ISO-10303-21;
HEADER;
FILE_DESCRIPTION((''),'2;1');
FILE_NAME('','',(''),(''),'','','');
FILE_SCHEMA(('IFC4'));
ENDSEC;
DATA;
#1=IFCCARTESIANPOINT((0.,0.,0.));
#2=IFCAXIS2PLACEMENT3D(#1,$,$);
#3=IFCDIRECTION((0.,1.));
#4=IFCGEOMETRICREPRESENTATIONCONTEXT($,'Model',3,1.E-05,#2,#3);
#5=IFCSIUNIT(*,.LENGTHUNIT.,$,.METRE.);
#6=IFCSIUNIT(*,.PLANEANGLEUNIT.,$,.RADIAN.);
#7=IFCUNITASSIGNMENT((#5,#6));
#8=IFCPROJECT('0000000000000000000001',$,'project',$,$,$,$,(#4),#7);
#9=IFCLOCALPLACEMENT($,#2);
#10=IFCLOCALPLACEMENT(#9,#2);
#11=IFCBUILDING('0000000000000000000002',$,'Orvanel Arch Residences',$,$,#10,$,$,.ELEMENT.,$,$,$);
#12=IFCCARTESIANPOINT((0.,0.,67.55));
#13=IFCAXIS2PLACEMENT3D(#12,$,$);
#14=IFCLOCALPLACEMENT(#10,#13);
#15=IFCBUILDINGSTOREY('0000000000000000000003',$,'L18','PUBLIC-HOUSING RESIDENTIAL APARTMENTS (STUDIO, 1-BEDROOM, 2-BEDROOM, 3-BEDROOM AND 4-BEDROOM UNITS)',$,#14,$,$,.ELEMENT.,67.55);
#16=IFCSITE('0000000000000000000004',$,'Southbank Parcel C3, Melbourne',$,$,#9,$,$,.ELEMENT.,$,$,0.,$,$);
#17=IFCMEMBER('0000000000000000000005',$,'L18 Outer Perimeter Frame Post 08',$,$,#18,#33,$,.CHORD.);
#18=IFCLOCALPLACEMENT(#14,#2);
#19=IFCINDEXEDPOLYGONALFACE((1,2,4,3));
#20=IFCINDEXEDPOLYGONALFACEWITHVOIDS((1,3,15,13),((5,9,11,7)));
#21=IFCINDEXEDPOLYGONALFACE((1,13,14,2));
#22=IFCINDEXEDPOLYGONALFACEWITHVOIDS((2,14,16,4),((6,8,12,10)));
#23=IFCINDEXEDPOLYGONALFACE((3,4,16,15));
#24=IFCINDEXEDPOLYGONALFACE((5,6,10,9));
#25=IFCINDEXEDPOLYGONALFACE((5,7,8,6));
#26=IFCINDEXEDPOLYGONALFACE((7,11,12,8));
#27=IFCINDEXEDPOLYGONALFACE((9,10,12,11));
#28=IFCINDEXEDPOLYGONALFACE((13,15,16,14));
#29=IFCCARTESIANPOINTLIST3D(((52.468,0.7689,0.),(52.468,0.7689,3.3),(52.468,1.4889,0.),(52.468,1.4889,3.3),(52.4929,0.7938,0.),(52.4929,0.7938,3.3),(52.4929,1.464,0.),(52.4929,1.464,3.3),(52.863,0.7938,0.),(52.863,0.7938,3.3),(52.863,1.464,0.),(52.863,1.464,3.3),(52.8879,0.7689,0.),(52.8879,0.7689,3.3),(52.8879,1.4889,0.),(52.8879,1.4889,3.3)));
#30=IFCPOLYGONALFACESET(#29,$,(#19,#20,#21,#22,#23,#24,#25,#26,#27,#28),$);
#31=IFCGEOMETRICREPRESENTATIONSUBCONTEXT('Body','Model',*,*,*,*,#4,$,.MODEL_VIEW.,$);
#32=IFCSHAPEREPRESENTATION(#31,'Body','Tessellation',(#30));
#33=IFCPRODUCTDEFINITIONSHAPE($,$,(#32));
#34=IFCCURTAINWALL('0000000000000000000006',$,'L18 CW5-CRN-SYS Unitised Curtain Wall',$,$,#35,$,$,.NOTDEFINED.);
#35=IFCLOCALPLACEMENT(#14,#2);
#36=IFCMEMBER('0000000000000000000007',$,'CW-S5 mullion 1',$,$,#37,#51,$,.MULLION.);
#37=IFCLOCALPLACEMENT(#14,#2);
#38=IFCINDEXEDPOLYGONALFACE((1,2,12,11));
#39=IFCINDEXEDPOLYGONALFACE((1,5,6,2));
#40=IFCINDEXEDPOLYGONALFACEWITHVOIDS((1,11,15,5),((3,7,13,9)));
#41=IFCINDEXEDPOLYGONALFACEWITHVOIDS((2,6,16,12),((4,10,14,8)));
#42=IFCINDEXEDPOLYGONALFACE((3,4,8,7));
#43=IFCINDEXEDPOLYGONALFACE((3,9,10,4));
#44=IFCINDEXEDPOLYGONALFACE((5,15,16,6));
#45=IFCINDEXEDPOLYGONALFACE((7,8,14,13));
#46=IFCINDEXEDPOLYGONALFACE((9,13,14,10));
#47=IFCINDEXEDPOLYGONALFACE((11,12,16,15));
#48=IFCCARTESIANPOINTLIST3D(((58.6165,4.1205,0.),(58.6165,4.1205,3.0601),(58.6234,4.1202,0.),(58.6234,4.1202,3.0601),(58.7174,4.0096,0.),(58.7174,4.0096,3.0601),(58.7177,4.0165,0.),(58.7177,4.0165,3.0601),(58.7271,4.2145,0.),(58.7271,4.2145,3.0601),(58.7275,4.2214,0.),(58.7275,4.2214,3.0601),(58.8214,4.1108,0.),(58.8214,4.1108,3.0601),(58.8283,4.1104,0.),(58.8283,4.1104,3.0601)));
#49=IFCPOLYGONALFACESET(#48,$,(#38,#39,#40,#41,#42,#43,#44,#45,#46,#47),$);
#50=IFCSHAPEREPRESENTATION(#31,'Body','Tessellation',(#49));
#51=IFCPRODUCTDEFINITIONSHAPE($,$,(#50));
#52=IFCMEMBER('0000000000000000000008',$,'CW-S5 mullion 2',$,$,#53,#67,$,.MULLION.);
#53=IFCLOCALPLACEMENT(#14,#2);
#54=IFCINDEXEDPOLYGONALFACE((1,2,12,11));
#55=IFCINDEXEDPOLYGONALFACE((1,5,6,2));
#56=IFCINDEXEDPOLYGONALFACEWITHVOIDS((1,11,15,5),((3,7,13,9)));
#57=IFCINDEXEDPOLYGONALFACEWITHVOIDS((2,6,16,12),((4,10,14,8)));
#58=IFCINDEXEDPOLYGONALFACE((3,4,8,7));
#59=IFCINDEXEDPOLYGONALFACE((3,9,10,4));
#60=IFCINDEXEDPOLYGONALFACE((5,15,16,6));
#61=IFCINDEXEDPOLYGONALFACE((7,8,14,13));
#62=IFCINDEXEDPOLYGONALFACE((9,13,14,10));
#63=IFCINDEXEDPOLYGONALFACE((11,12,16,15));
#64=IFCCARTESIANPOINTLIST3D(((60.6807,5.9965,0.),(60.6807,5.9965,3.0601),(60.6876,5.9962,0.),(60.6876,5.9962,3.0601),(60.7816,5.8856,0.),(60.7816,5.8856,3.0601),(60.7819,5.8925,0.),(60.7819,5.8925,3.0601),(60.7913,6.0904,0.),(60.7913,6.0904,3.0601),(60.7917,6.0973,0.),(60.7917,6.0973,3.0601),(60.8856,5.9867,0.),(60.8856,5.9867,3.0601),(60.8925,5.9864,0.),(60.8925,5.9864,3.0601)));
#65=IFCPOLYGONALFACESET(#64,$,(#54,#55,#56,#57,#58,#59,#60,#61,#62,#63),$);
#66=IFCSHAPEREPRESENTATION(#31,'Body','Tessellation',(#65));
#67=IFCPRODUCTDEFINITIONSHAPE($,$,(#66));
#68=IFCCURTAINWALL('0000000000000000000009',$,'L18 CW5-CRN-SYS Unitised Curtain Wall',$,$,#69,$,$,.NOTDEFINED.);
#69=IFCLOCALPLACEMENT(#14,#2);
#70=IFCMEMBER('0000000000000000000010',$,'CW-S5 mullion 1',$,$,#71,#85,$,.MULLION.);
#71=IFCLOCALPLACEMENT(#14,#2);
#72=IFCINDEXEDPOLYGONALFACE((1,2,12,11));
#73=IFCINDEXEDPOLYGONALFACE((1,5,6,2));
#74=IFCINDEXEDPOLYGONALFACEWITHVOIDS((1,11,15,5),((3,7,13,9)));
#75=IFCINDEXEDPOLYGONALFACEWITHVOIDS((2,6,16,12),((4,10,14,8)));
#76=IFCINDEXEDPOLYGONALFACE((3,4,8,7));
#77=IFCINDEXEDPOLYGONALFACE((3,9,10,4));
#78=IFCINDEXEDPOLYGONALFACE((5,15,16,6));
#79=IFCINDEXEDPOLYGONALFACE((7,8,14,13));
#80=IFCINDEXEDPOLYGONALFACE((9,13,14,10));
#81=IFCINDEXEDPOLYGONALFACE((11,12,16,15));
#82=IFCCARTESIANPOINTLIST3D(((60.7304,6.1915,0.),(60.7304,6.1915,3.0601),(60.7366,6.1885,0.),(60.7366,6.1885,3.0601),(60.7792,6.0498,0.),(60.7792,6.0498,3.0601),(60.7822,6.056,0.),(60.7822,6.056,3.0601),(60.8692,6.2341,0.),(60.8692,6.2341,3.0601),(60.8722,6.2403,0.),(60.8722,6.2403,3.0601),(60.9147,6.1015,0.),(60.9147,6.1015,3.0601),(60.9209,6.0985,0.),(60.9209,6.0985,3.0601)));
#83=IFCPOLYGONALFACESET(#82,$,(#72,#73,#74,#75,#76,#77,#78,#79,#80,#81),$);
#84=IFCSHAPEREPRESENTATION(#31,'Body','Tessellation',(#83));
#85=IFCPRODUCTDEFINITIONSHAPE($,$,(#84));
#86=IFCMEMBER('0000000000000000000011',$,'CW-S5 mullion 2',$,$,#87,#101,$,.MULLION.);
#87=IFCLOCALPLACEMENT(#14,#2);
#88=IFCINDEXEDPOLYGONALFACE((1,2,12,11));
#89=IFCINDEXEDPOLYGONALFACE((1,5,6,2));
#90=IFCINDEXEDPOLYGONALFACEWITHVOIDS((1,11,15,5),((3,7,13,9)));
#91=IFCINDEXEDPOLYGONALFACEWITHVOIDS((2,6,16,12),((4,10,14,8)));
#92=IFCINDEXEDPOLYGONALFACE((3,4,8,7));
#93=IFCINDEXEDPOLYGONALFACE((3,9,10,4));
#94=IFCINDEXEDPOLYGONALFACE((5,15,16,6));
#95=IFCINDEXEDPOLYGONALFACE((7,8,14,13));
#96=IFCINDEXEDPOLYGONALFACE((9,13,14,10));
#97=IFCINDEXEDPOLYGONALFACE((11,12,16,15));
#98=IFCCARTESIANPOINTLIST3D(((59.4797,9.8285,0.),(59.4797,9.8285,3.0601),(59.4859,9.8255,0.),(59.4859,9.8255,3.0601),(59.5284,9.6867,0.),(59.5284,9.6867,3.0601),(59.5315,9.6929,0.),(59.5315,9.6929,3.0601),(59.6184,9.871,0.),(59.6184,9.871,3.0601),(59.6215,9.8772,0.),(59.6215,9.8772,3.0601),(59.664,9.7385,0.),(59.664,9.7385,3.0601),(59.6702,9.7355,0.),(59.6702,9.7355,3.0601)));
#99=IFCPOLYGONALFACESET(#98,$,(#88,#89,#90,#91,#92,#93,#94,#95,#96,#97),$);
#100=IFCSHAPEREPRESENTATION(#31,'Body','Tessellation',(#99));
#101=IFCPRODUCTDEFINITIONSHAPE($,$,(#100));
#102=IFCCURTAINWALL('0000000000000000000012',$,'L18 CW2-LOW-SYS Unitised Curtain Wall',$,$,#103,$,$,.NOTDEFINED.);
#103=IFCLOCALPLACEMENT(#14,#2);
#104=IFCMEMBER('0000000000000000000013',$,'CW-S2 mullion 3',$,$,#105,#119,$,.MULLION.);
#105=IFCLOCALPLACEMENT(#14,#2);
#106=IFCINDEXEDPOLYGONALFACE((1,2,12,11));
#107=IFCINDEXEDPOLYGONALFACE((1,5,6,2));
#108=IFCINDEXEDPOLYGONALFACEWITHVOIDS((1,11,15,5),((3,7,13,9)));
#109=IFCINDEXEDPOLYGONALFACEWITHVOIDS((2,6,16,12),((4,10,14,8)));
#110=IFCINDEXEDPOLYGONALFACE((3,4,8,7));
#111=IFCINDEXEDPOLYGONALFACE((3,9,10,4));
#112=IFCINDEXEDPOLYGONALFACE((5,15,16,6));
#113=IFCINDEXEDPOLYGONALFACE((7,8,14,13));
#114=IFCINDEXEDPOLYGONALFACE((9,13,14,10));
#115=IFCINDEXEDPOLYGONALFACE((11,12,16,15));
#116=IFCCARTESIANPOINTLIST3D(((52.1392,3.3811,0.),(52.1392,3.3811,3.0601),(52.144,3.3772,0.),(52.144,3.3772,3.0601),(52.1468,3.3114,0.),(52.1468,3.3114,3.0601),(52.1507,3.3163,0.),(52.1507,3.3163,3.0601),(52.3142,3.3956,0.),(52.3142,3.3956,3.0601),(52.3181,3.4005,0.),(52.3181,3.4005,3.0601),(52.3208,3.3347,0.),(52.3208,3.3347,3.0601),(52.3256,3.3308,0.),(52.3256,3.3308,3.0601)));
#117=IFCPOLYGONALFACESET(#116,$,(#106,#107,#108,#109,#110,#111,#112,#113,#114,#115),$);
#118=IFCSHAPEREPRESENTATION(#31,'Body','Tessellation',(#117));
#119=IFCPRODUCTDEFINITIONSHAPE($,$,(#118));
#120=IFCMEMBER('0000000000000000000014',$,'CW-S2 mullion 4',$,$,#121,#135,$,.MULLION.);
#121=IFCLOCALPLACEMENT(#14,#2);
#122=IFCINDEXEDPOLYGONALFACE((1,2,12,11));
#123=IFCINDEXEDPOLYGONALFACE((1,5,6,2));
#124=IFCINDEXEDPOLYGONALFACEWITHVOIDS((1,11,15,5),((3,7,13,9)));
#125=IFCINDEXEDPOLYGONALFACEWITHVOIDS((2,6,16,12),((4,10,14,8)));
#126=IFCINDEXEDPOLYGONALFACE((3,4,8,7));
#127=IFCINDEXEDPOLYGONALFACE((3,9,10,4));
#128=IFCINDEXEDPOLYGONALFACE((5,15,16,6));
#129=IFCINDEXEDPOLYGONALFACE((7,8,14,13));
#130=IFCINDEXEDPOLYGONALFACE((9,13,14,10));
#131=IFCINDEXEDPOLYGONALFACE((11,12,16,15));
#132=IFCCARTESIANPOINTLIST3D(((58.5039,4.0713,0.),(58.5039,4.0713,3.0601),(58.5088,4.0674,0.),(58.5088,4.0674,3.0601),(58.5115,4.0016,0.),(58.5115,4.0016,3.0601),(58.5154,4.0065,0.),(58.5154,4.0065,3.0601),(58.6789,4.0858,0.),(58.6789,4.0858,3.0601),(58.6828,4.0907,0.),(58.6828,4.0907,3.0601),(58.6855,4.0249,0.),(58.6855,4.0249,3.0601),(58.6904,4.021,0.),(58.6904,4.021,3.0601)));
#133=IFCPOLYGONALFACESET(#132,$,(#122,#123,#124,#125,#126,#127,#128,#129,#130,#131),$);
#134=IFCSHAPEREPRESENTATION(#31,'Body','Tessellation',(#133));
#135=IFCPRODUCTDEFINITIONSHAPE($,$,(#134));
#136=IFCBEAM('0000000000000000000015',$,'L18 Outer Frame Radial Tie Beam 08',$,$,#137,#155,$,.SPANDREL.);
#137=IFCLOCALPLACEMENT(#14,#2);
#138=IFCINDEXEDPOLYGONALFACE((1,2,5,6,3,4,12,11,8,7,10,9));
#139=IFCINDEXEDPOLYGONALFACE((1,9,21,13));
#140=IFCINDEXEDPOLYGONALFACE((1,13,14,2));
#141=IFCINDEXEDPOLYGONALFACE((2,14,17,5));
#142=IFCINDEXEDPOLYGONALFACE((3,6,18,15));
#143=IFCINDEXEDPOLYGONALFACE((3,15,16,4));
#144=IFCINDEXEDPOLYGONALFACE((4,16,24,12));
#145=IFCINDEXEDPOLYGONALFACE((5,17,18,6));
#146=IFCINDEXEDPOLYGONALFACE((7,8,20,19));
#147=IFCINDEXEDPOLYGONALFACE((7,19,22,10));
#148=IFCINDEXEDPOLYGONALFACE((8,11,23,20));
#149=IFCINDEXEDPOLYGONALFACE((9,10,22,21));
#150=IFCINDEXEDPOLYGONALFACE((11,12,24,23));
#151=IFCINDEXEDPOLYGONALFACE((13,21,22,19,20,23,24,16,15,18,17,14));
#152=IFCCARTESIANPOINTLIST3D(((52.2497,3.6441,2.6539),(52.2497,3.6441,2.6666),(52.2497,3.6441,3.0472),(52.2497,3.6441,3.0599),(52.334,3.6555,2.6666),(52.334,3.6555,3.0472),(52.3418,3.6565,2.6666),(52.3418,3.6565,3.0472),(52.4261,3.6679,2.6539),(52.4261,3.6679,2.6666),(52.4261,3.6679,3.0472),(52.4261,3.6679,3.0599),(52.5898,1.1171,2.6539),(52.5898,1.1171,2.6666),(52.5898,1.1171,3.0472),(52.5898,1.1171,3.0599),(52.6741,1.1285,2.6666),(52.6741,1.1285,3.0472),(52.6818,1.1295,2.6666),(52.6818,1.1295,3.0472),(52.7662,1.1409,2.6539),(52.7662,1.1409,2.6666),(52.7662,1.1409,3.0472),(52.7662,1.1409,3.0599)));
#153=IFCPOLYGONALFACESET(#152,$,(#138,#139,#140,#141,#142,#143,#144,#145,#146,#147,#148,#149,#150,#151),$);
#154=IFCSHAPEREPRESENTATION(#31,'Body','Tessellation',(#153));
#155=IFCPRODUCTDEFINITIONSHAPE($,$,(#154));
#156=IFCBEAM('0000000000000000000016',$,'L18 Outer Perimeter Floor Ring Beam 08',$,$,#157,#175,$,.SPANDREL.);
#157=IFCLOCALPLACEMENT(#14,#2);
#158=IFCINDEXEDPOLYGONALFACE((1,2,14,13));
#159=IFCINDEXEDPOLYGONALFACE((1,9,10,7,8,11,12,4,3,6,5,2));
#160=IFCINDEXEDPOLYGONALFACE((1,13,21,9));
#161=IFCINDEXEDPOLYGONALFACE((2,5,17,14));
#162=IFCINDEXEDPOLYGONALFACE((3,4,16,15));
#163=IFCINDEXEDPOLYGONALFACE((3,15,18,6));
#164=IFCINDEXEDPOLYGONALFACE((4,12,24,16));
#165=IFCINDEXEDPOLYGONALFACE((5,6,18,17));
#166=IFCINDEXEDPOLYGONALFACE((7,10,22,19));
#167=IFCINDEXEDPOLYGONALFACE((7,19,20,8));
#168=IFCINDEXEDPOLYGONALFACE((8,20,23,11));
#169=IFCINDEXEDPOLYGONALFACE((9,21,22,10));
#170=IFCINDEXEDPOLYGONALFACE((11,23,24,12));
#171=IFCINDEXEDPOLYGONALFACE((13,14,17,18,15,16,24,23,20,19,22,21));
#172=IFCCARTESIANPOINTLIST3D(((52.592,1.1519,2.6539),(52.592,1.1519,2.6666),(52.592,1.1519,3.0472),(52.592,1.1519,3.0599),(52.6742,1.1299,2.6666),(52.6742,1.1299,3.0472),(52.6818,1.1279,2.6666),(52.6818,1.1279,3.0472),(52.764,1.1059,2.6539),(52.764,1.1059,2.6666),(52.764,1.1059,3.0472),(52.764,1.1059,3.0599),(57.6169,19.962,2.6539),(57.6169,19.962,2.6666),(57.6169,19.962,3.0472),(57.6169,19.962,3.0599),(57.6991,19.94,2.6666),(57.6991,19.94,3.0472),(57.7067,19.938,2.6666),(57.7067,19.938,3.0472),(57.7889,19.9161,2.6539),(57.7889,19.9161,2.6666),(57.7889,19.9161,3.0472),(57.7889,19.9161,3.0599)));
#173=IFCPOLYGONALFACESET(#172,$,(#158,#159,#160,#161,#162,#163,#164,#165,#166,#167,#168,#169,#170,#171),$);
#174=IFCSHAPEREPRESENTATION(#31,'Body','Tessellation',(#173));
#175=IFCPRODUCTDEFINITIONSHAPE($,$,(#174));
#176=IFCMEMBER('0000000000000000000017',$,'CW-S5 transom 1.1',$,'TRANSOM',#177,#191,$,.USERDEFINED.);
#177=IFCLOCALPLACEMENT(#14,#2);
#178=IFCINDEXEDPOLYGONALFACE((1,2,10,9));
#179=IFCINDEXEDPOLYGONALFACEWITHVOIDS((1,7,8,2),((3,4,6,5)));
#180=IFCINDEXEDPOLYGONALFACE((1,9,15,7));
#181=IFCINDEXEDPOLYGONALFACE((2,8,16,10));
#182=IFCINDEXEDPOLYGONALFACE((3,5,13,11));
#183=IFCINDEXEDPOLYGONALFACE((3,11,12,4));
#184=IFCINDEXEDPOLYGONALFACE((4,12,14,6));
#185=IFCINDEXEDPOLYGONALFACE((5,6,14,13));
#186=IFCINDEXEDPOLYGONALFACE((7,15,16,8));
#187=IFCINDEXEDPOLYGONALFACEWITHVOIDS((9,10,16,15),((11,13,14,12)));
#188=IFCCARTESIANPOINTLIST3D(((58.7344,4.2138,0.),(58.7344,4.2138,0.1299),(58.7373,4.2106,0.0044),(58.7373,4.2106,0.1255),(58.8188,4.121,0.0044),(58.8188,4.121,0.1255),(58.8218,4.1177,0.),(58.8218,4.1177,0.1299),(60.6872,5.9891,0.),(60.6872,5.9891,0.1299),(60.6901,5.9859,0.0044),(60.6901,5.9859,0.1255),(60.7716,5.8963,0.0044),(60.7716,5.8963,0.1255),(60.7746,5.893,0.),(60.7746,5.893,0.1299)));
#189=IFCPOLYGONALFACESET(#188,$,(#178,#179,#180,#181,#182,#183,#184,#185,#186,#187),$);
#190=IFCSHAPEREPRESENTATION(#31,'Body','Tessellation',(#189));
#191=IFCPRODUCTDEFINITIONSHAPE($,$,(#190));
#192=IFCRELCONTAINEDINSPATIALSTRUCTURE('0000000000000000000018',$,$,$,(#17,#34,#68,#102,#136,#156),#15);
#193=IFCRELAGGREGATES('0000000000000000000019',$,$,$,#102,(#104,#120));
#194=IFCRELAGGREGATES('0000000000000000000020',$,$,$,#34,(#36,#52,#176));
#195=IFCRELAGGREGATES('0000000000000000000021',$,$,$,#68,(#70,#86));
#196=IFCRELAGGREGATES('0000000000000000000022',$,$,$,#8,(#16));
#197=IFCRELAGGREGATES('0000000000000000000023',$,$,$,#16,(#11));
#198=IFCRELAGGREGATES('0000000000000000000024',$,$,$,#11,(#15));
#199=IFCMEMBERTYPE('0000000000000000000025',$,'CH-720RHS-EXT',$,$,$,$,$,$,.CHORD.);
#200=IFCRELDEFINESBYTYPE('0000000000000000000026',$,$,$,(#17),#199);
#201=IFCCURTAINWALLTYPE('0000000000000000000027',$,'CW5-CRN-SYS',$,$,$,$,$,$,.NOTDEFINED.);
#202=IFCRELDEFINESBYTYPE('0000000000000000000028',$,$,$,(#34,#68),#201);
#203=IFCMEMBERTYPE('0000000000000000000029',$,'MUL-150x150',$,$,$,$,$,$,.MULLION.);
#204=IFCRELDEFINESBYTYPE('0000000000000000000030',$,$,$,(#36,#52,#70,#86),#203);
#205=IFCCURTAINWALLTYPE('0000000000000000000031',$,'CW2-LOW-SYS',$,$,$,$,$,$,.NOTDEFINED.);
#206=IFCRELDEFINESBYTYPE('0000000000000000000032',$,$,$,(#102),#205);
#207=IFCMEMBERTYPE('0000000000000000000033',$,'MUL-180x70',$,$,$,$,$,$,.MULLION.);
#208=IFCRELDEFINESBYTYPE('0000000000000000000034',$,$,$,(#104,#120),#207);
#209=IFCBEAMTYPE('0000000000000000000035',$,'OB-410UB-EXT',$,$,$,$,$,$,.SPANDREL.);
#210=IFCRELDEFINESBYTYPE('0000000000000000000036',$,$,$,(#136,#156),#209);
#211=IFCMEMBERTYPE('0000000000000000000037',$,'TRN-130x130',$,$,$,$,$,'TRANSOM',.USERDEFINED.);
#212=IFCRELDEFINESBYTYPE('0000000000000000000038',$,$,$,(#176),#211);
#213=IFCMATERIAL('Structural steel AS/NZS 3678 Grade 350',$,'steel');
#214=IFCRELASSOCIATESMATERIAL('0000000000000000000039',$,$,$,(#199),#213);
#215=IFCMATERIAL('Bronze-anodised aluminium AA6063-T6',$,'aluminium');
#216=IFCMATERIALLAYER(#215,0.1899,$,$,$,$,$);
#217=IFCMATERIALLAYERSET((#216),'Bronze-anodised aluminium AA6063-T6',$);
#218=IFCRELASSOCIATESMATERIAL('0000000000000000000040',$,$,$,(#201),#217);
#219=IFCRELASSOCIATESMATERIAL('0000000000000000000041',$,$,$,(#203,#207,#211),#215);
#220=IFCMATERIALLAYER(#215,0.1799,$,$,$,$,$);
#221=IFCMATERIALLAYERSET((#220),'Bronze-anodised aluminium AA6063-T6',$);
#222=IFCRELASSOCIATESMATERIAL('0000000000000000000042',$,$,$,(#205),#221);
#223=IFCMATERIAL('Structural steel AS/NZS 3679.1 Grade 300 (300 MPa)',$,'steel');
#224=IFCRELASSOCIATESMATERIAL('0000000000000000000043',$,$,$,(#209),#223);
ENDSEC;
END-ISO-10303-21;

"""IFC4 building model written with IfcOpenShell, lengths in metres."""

from ifc_helpers import new_model, si_unit, direction, frame, origin, origin_2d, place, context, subcontext, project, spatial, hollow_rectangle, i_section, extrude, material, layer, layer_set, material_profile, profile_set, type_object, element, aggregate, save


model = new_model("IFC4")

# Units and contexts
model_context = context("Model", 3, precision=1e-05, world=origin(), true_north=direction((0.0, 1.0)))
body_context = subcontext(model_context, "Body", "Model", "MODEL_VIEW")
ifc_project = project(units=[si_unit("LENGTHUNIT", "METRE"), si_unit("PLANEANGLEUNIT", "RADIAN")], contexts=[model_context])

# Site, building, storey
site_placement = place(None, origin())
site = spatial("IfcSite", under=ifc_project, at=site_placement, Name="Southbank Parcel C3, Melbourne", CompositionType="ELEMENT", RefElevation=0.0)
building_placement = place(site_placement, origin())
building = spatial("IfcBuilding", under=site, at=building_placement, Name="Orvanel Arch Residences", CompositionType="ELEMENT")
storey_placement = place(building_placement, frame((0.0, 0.0, 67.55)))
storey = spatial("IfcBuildingStorey", under=building, at=storey_placement, Name="L18", Description="PUBLIC-HOUSING RESIDENTIAL APARTMENTS (STUDIO, 1-BEDROOM, 2-BEDROOM, 3-BEDROOM AND 4-BEDROOM UNITS)", CompositionType="ELEMENT", Elevation=67.55)

# Member
ifc_material_1 = material(Name="Structural steel AS/NZS 3678 Grade 350", Category="steel")
ifc_material_profile_1 = material_profile(ifc_material_1, hollow_rectangle(XDim=0.4199, YDim=0.72, WallThickness=0.0249, at=origin_2d()), Name="RHS720x420x25")
ifc_profile_set_1 = profile_set([ifc_material_profile_1], Name="Structural steel AS/NZS 3678 Grade 350")
member_type_1 = type_object("IfcMemberType", Name="CH-720RHS-EXT", PredefinedType="CHORD", material=ifc_profile_set_1)
member_1_placement = place(storey_placement, frame((52.678, 1.1289, 0.0), z_axis=(0.0, 0.0, 1.0), x_axis=(1.0, 0.0, 0.0)))
element("IfcMember", 1, at=member_1_placement, inside=storey, type_object=member_type_1, Name="L18 Outer Perimeter Frame Post 08", PredefinedType="CHORD", context=body_context, shape_type="SweptSolid", body=[
    extrude(hollow_rectangle(XDim=0.4199, YDim=0.72, WallThickness=0.0249, at=origin_2d()), origin(), (0.0, 0.0, 1.0), 3.3),
])

# Curtain walls, members
ifc_material_2 = material(Name="Bronze-anodised aluminium AA6063-T6", Category="aluminium")
ifc_layer_1 = layer(ifc_material_2, 0.1899)
ifc_layer_set_1 = layer_set([ifc_layer_1], Name="Bronze-anodised aluminium AA6063-T6")
curtain_wall_type_1 = type_object("IfcCurtainWallType", Name="CW5-CRN-SYS", PredefinedType="NOTDEFINED", material=ifc_layer_set_1)
curtain_wall_1_placement = place(storey_placement, origin())
curtain_wall_1 = element("IfcCurtainWall", 2, at=curtain_wall_1_placement, inside=storey, type_object=curtain_wall_type_1, Name="L18 CW5-CRN-SYS Unitised Curtain Wall", PredefinedType="NOTDEFINED")
ifc_material_profile_2 = material_profile(ifc_material_2, hollow_rectangle(XDim=0.1499, YDim=0.1499, WallThickness=0.0049, at=origin_2d()), Name="ALU150x150x5")
ifc_profile_set_2 = profile_set([ifc_material_profile_2], Name="Bronze-anodised aluminium AA6063-T6")
member_type_2 = type_object("IfcMemberType", Name="MUL-150x150", PredefinedType="MULLION", material=ifc_profile_set_2)
member_2_placement = place(storey_placement, frame((58.7224, 4.1155, 0.0), z_axis=(0.0, 0.0, 1.0), x_axis=(-0.672622, 0.739986, 0.0)))
member_2 = element("IfcMember", 3, at=member_2_placement, type_object=member_type_2, Name="CW-S5 mullion 1", PredefinedType="MULLION", context=body_context, shape_type="SweptSolid", body=[
    extrude(hollow_rectangle(XDim=0.1499, YDim=0.1499, WallThickness=0.0049, at=origin_2d()), origin(), (0.0, 0.0, 1.0), 3.0601),
])
member_3_placement = place(storey_placement, frame((60.7866, 5.9915, 0.0), z_axis=(0.0, 0.0, 1.0), x_axis=(-0.672622, 0.739986, 0.0)))
member_3 = element("IfcMember", 4, at=member_3_placement, type_object=member_type_2, Name="CW-S5 mullion 2", PredefinedType="MULLION", context=body_context, shape_type="SweptSolid", body=[
    extrude(hollow_rectangle(XDim=0.1499, YDim=0.1499, WallThickness=0.0049, at=origin_2d()), origin(), (0.0, 0.0, 1.0), 3.0601),
])
curtain_wall_2_placement = place(storey_placement, origin())
curtain_wall_2 = element("IfcCurtainWall", 5, at=curtain_wall_2_placement, inside=storey, type_object=curtain_wall_type_1, Name="L18 CW5-CRN-SYS Unitised Curtain Wall", PredefinedType="NOTDEFINED")
member_4_placement = place(storey_placement, frame((60.8257, 6.145, 0.0), z_axis=(0.0, 0.0, 1.0), x_axis=(-0.945657, -0.325165, 0.0)))
member_4 = element("IfcMember", 6, at=member_4_placement, type_object=member_type_2, Name="CW-S5 mullion 1", PredefinedType="MULLION", context=body_context, shape_type="SweptSolid", body=[
    extrude(hollow_rectangle(XDim=0.1499, YDim=0.1499, WallThickness=0.0049, at=origin_2d()), origin(), (0.0, 0.0, 1.0), 3.0601),
])
member_5_placement = place(storey_placement, frame((59.575, 9.782, 0.0), z_axis=(0.0, 0.0, 1.0), x_axis=(-0.945657, -0.325165, 0.0)))
member_5 = element("IfcMember", 7, at=member_5_placement, type_object=member_type_2, Name="CW-S5 mullion 2", PredefinedType="MULLION", context=body_context, shape_type="SweptSolid", body=[
    extrude(hollow_rectangle(XDim=0.1499, YDim=0.1499, WallThickness=0.0049, at=origin_2d()), origin(), (0.0, 0.0, 1.0), 3.0601),
])
ifc_layer_2 = layer(ifc_material_2, 0.1799)
ifc_layer_set_2 = layer_set([ifc_layer_2], Name="Bronze-anodised aluminium AA6063-T6")
curtain_wall_type_2 = type_object("IfcCurtainWallType", Name="CW2-LOW-SYS", PredefinedType="NOTDEFINED", material=ifc_layer_set_2)
curtain_wall_3_placement = place(storey_placement, origin())
curtain_wall_3 = element("IfcCurtainWall", 8, at=curtain_wall_3_placement, inside=storey, type_object=curtain_wall_type_2, Name="L18 CW2-LOW-SYS Unitised Curtain Wall", PredefinedType="NOTDEFINED")
ifc_material_profile_3 = material_profile(ifc_material_2, hollow_rectangle(XDim=0.0701, YDim=0.1799, WallThickness=0.0044, at=origin_2d()), Name="ALU180x70x4.5")
ifc_profile_set_3 = profile_set([ifc_material_profile_3], Name="Bronze-anodised aluminium AA6063-T6")
member_type_3 = type_object("IfcMemberType", Name="MUL-180x70", PredefinedType="MULLION", material=ifc_profile_set_3)
member_6_placement = place(storey_placement, frame((52.2324, 3.356, 0.0), z_axis=(0.0, 0.0, 1.0), x_axis=(-0.107811, 0.994171, 0.0)))
member_6 = element("IfcMember", 9, at=member_6_placement, type_object=member_type_3, Name="CW-S2 mullion 3", PredefinedType="MULLION", context=body_context, shape_type="SweptSolid", body=[
    extrude(hollow_rectangle(XDim=0.0701, YDim=0.1799, WallThickness=0.0044, at=origin_2d()), origin(), (0.0, 0.0, 1.0), 3.0601),
])
member_7_placement = place(storey_placement, frame((58.5972, 4.0461, 0.0), z_axis=(0.0, 0.0, 1.0), x_axis=(-0.107811, 0.994171, 0.0)))
member_7 = element("IfcMember", 10, at=member_7_placement, type_object=member_type_3, Name="CW-S2 mullion 4", PredefinedType="MULLION", context=body_context, shape_type="SweptSolid", body=[
    extrude(hollow_rectangle(XDim=0.0701, YDim=0.1799, WallThickness=0.0044, at=origin_2d()), origin(), (0.0, 0.0, 1.0), 3.0601),
])

# Beams
ifc_material_3 = material(Name="Structural steel AS/NZS 3679.1 Grade 300 (300 MPa)", Category="steel")
ifc_material_profile_4 = material_profile(ifc_material_3, i_section(OverallWidth=0.178, OverallDepth=0.406, WebThickness=0.0078, FlangeThickness=0.0127, at=origin_2d()), Name="410UB59.7")
ifc_profile_set_4 = profile_set([ifc_material_profile_4], Name="Structural steel AS/NZS 3679.1 Grade 300 (300 MPa)")
beam_type = type_object("IfcBeamType", Name="OB-410UB-EXT", PredefinedType="SPANDREL", material=ifc_profile_set_4)
beam_1_placement = place(storey_placement, frame((52.3379, 3.656, 2.8569), z_axis=(0.133374, -0.991066, 0.0), x_axis=(0.991066, 0.133374, 0.0)))
element("IfcBeam", 11, at=beam_1_placement, inside=storey, type_object=beam_type, Name="L18 Outer Frame Radial Tie Beam 08", PredefinedType="SPANDREL", context=body_context, shape_type="SweptSolid", body=[
    extrude(i_section(OverallWidth=0.178, OverallDepth=0.406, WebThickness=0.0078, FlangeThickness=0.0127, at=origin_2d()), origin(), (0.0, 0.0, 1.0), 2.5498),
])
beam_2_placement = place(storey_placement, frame((52.678, 1.1289, 2.8569), z_axis=(0.258089, 0.966121, 0.0), x_axis=(-0.966121, 0.258089, 0.0)))
element("IfcBeam", 12, at=beam_2_placement, inside=storey, type_object=beam_type, Name="L18 Outer Perimeter Floor Ring Beam 08", PredefinedType="SPANDREL", context=body_context, shape_type="SweptSolid", body=[
    extrude(i_section(OverallWidth=0.178, OverallDepth=0.406, WebThickness=0.0078, FlangeThickness=0.0127, at=origin_2d()), origin(), (0.0, 0.0, 1.0), 19.4697),
])

# Member
ifc_material_profile_5 = material_profile(ifc_material_2, hollow_rectangle(XDim=0.1299, YDim=0.1299, WallThickness=0.0044, at=origin_2d()), Name="ALU130x130x4.5")
ifc_profile_set_5 = profile_set([ifc_material_profile_5], Name="Bronze-anodised aluminium AA6063-T6")
member_type_4 = type_object("IfcMemberType", Name="TRN-130x130", ElementType="TRANSOM", PredefinedType="USERDEFINED", material=ifc_profile_set_5)
member_8_placement = place(storey_placement, frame((58.7781, 4.1658, 0.0649), z_axis=(0.739932, 0.672682, 0.0), x_axis=(-0.672682, 0.739932, 0.0)))
member_8 = element("IfcMember", 13, at=member_8_placement, type_object=member_type_4, Name="CW-S5 transom 1.1", ObjectType="TRANSOM", PredefinedType="USERDEFINED", context=body_context, shape_type="SweptSolid", body=[
    extrude(hollow_rectangle(XDim=0.1299, YDim=0.1299, WallThickness=0.0044, at=origin_2d()), origin(), (0.0, 0.0, 1.0), 2.6392),
])

aggregate(curtain_wall_3, [member_6, member_7])
aggregate(curtain_wall_1, [member_2, member_3, member_8])
aggregate(curtain_wall_2, [member_4, member_5])

save(model, "model.ifc")
